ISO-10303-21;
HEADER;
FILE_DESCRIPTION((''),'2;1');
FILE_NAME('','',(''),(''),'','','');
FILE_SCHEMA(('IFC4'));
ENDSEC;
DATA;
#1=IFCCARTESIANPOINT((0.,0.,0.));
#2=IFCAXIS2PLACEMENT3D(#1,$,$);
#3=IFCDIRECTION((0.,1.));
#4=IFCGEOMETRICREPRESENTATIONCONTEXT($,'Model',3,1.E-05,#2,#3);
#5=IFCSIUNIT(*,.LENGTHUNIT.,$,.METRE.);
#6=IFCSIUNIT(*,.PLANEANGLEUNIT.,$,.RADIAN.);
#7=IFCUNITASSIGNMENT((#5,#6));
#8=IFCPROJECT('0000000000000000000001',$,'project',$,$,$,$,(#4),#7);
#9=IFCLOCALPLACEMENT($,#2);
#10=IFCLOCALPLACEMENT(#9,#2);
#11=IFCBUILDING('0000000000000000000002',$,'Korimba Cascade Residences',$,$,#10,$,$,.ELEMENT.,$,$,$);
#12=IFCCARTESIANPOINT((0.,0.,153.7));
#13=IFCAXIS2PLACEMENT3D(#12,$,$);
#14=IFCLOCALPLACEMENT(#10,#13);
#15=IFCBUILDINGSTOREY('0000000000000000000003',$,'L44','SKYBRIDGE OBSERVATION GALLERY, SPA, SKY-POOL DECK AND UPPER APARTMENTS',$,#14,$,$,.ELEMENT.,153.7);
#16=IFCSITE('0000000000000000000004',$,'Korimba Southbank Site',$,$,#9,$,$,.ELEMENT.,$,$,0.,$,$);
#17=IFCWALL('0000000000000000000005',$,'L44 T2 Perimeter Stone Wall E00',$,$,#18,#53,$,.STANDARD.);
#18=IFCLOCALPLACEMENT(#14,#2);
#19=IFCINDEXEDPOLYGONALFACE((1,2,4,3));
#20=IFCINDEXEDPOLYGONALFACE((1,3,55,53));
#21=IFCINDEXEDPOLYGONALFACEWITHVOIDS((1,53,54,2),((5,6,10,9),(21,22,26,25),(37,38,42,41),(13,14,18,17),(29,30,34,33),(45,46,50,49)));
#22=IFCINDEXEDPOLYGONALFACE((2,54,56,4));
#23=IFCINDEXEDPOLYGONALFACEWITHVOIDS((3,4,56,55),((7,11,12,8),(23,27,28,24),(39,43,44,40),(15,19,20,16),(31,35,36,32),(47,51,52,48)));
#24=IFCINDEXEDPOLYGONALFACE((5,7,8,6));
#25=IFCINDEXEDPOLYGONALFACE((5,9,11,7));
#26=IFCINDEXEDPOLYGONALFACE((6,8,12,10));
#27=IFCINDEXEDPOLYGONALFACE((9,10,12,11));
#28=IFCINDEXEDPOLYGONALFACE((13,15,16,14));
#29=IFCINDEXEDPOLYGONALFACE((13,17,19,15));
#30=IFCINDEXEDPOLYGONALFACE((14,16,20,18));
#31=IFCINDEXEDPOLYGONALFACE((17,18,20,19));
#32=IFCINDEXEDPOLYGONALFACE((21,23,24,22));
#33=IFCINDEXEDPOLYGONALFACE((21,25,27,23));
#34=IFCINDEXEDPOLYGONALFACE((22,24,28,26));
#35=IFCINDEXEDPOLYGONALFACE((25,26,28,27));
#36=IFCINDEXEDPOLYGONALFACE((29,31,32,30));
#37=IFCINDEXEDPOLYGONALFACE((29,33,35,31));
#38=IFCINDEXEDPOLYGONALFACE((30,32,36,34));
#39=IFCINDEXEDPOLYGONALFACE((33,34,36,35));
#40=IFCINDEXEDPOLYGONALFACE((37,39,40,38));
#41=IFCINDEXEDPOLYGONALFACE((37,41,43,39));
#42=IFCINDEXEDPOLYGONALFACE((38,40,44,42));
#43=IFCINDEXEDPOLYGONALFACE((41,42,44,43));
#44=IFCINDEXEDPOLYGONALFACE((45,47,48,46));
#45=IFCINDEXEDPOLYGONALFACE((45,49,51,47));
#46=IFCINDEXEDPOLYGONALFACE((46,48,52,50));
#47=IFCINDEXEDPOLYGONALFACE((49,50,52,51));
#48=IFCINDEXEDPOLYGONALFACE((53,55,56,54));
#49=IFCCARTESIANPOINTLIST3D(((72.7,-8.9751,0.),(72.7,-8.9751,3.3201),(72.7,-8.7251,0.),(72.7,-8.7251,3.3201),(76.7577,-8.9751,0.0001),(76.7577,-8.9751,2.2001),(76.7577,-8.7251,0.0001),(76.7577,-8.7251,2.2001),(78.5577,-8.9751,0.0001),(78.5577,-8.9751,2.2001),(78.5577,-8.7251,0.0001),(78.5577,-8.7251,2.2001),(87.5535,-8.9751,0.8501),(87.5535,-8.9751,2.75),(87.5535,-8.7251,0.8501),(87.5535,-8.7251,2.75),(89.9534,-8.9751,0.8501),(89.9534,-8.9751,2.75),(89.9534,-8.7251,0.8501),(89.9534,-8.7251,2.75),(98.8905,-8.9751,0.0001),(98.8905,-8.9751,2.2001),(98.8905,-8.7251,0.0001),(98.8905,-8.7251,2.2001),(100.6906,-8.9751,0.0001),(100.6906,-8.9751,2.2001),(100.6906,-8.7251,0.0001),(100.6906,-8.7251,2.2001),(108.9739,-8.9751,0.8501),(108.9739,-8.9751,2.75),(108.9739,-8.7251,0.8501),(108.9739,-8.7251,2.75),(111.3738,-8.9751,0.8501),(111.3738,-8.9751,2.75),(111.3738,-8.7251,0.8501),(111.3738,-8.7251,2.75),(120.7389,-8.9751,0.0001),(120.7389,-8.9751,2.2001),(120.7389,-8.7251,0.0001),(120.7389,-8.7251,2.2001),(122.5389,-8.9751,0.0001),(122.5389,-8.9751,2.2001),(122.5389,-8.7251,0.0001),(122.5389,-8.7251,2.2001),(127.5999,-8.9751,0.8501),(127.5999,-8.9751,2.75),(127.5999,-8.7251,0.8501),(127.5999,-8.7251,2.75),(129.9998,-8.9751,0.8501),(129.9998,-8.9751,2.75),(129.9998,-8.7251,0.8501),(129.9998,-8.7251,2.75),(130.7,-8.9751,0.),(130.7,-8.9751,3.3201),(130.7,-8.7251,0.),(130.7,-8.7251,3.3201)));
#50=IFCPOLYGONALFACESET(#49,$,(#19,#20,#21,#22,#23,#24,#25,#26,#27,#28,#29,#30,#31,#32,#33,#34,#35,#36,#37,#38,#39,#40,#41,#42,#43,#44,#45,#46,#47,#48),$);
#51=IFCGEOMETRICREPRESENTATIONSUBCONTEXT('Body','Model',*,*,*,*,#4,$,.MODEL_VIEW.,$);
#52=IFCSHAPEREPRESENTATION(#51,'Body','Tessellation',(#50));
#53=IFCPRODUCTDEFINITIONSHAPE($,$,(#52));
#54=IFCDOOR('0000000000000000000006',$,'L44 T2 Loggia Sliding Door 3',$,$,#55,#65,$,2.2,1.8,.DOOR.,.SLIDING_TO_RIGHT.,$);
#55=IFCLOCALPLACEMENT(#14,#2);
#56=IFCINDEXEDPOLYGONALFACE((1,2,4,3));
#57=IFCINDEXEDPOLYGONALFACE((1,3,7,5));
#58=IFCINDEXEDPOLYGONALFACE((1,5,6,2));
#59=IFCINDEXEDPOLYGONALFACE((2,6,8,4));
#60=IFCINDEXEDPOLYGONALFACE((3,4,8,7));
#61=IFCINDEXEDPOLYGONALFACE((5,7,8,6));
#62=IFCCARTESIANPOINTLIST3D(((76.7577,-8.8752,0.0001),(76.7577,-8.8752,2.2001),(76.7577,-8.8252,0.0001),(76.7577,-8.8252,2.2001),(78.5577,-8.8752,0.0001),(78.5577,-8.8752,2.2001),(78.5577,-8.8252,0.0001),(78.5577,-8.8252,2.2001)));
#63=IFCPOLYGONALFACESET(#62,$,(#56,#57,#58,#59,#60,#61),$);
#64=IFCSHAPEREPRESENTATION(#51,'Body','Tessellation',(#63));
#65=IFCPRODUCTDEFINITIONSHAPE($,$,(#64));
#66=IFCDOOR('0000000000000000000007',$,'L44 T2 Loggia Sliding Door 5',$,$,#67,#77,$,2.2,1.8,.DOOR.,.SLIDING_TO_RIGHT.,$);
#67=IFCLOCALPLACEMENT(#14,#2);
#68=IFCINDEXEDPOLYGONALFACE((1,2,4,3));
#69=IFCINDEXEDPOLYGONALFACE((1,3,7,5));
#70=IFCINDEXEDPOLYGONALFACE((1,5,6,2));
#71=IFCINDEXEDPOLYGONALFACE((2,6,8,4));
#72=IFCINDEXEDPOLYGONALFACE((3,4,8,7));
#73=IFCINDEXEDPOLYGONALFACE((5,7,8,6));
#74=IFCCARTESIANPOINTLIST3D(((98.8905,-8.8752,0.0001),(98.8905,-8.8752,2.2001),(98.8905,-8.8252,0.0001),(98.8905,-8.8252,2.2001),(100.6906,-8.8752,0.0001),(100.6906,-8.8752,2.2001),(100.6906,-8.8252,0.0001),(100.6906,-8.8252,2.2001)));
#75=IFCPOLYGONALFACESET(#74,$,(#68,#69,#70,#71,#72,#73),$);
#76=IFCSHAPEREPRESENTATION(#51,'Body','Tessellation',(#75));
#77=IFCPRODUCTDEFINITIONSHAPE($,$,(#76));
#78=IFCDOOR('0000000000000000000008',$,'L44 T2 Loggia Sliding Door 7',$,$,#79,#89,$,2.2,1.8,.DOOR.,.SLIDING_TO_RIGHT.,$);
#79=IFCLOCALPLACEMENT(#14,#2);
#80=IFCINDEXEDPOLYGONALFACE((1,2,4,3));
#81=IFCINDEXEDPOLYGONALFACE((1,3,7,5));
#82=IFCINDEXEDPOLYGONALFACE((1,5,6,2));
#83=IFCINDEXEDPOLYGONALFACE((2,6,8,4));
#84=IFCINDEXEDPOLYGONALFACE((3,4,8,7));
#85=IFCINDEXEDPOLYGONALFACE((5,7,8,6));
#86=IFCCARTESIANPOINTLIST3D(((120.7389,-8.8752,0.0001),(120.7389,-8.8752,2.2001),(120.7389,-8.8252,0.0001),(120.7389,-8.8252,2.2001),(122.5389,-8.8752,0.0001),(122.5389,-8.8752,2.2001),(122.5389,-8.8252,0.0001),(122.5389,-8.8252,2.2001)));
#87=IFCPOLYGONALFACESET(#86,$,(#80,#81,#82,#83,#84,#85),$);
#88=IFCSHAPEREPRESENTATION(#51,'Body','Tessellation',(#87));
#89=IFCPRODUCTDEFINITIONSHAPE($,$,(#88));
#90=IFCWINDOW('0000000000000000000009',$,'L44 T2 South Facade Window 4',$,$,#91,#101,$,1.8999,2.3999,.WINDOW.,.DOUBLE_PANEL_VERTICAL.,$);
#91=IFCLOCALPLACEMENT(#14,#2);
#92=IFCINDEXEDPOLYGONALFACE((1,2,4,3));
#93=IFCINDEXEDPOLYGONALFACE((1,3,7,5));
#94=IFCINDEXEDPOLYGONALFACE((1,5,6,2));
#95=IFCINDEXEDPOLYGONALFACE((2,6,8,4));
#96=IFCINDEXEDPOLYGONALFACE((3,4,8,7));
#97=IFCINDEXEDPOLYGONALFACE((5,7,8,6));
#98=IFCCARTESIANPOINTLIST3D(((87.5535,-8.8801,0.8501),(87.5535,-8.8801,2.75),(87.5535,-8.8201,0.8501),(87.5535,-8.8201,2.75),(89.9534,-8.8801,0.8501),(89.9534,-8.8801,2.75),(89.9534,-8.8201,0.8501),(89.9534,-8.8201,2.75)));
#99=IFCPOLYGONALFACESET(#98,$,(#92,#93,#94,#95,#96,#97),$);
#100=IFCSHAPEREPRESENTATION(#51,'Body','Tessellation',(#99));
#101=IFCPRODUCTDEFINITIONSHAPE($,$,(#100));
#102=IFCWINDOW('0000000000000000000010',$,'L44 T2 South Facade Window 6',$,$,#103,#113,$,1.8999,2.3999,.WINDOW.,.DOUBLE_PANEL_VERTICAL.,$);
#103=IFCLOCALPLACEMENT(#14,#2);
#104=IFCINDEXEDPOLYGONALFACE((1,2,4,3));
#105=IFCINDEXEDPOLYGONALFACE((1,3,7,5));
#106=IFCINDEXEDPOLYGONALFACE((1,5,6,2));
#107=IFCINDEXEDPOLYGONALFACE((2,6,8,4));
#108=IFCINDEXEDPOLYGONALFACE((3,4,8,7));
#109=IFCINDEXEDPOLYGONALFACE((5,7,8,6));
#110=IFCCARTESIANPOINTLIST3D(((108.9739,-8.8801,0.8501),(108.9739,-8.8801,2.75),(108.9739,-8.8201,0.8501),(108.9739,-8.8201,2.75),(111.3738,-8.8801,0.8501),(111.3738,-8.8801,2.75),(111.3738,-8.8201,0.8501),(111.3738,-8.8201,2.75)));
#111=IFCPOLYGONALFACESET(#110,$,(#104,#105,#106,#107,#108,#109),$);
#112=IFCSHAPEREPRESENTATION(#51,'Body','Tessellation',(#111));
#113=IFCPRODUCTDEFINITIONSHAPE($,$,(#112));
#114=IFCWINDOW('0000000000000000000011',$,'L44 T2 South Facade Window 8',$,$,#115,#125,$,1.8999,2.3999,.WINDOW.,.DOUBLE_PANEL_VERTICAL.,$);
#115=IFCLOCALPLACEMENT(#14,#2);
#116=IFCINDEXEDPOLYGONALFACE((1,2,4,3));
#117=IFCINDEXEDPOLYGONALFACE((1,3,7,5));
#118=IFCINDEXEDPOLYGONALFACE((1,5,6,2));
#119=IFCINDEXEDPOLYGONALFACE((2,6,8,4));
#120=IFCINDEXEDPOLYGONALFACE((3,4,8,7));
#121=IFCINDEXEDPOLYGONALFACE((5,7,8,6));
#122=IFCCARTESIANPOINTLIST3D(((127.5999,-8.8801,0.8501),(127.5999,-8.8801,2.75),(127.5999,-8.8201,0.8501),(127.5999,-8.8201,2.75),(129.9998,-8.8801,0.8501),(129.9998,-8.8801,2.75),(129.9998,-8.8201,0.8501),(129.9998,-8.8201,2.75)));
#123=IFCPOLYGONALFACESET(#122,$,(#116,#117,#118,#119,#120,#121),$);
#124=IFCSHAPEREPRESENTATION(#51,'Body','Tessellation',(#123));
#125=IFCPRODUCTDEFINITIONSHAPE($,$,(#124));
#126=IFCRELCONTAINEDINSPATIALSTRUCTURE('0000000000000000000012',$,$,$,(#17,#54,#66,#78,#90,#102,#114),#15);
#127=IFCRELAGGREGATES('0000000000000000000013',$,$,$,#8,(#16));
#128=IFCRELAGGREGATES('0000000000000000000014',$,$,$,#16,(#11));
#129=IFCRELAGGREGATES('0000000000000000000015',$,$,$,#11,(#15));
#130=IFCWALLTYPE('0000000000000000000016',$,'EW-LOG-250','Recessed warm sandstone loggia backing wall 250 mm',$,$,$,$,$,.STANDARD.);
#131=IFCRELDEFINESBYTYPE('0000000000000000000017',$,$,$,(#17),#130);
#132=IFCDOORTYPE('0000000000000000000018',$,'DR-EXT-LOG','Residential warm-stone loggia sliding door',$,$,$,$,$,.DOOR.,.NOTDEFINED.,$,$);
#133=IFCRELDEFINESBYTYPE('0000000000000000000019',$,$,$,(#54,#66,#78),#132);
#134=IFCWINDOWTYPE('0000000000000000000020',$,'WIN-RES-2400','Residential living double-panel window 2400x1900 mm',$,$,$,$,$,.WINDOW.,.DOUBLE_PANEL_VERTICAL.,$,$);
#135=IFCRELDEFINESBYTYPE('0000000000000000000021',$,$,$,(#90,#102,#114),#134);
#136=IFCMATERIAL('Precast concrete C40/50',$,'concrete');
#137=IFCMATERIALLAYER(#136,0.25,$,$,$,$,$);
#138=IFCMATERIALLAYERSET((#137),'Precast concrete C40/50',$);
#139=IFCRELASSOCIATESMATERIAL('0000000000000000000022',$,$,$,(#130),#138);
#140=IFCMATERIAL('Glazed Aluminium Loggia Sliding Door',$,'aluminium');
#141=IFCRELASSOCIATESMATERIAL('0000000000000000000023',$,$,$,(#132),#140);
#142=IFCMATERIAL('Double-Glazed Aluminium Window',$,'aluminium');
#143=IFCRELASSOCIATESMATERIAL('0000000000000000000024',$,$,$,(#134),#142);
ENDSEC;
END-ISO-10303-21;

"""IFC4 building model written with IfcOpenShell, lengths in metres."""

from ifc_helpers import new_model, si_unit, direction, frame, frame_2d, origin, place, context, subcontext, project, spatial, rectangle, extrude, material, layer, layer_set, type_object, element, fill, save


model = new_model("IFC4")

# Units and contexts
model_context = context("Model", 3, precision=1e-05, world=origin(), true_north=direction((0.0, 1.0)))
body_context = subcontext(model_context, "Body", "Model", "MODEL_VIEW")
ifc_project = project(units=[si_unit("LENGTHUNIT", "METRE"), si_unit("PLANEANGLEUNIT", "RADIAN")], contexts=[model_context])

# Site, building, storey
site_placement = place(None, origin())
site = spatial("IfcSite", under=ifc_project, at=site_placement, Name="Korimba Southbank Site", CompositionType="ELEMENT", RefElevation=0.0)
building_placement = place(site_placement, origin())
building = spatial("IfcBuilding", under=site, at=building_placement, Name="Korimba Cascade Residences", CompositionType="ELEMENT")
storey_placement = place(building_placement, frame((0.0, 0.0, 153.7)))
storey = spatial("IfcBuildingStorey", under=building, at=storey_placement, Name="L44", Description="SKYBRIDGE OBSERVATION GALLERY, SPA, SKY-POOL DECK AND UPPER APARTMENTS", CompositionType="ELEMENT", Elevation=153.7)

# Shared definitions
ifc_material_1 = material(Name="Precast concrete C40/50", Category="concrete")

# Wall, openings, doors, windows
ifc_layer_1 = layer(ifc_material_1, 0.25)
ifc_layer_set_1 = layer_set([ifc_layer_1], Name="Precast concrete C40/50")
wall_type_1 = type_object("IfcWallType", Name="EW-LOG-250", Description="Recessed warm sandstone loggia backing wall 250 mm", PredefinedType="STANDARD", material=ifc_layer_set_1)
wall_1_placement = place(storey_placement, frame((72.7, -8.8501, 0.0), z_axis=(0.0, 0.0, 1.0), x_axis=(1.0, 0.0, 0.0)))
wall_1 = element("IfcWall", 1, at=wall_1_placement, inside=storey, type_object=wall_type_1, Name="L44 T2 Perimeter Stone Wall E00", PredefinedType="STANDARD", context=body_context, shape_type="SweptSolid", body=[
    extrude(rectangle(XDim=58.0, YDim=0.25, at=frame_2d((29.0, 0.0))), origin(), (0.0, 0.0, 1.0), 3.3201),
])
opening_1_placement = place(wall_1_placement, frame((4.0579, 0.0, 0.0)))
opening_1 = element("IfcOpeningElement", 2, at=opening_1_placement, cuts=wall_1, PredefinedType="OPENING", context=body_context, shape_type="SweptSolid", body=[
    extrude(rectangle(XDim=1.8, YDim=2.2, at=frame_2d((0.8999, 1.1001))), frame((0.0, 0.135, 0.0), z_axis=(0.0, -1.0, 0.0), x_axis=(1.0, 0.0, 0.0)), (0.0, 0.0, 1.0), 0.27),
])
opening_2_placement = place(wall_1_placement, frame((14.8535, 0.0, 0.8501)))
opening_2 = element("IfcOpeningElement", 3, at=opening_2_placement, cuts=wall_1, PredefinedType="OPENING", context=body_context, shape_type="SweptSolid", body=[
    extrude(rectangle(XDim=2.3999, YDim=1.8999, at=frame_2d((1.2, 0.95))), frame((0.0, 0.135, 0.0), z_axis=(0.0, -1.0, 0.0), x_axis=(1.0, 0.0, 0.0)), (0.0, 0.0, 1.0), 0.27),
])
opening_3_placement = place(wall_1_placement, frame((26.1907, 0.0, 0.0)))
opening_3 = element("IfcOpeningElement", 4, at=opening_3_placement, cuts=wall_1, PredefinedType="OPENING", context=body_context, shape_type="SweptSolid", body=[
    extrude(rectangle(XDim=1.8, YDim=2.2, at=frame_2d((0.8999, 1.1001))), frame((0.0, 0.135, 0.0), z_axis=(0.0, -1.0, 0.0), x_axis=(1.0, 0.0, 0.0)), (0.0, 0.0, 1.0), 0.27),
])
opening_4_placement = place(wall_1_placement, frame((36.2739, 0.0, 0.8501)))
opening_4 = element("IfcOpeningElement", 5, at=opening_4_placement, cuts=wall_1, PredefinedType="OPENING", context=body_context, shape_type="SweptSolid", body=[
    extrude(rectangle(XDim=2.3999, YDim=1.8999, at=frame_2d((1.2, 0.95))), frame((0.0, 0.135, 0.0), z_axis=(0.0, -1.0, 0.0), x_axis=(1.0, 0.0, 0.0)), (0.0, 0.0, 1.0), 0.27),
])
opening_5_placement = place(wall_1_placement, frame((48.0391, 0.0, 0.0)))
opening_5 = element("IfcOpeningElement", 6, at=opening_5_placement, cuts=wall_1, PredefinedType="OPENING", context=body_context, shape_type="SweptSolid", body=[
    extrude(rectangle(XDim=1.8, YDim=2.2, at=frame_2d((0.8999, 1.1001))), frame((0.0, 0.135, 0.0), z_axis=(0.0, -1.0, 0.0), x_axis=(1.0, 0.0, 0.0)), (0.0, 0.0, 1.0), 0.27),
])
opening_6_placement = place(wall_1_placement, frame((54.8999, 0.0, 0.8501)))
opening_6 = element("IfcOpeningElement", 7, at=opening_6_placement, cuts=wall_1, PredefinedType="OPENING", context=body_context, shape_type="SweptSolid", body=[
    extrude(rectangle(XDim=2.3999, YDim=1.8999, at=frame_2d((1.2, 0.95))), frame((0.0, 0.135, 0.0), z_axis=(0.0, -1.0, 0.0), x_axis=(1.0, 0.0, 0.0)), (0.0, 0.0, 1.0), 0.27),
])
ifc_material_2 = material(Name="Glazed Aluminium Loggia Sliding Door", Category="aluminium")
door_type = type_object("IfcDoorType", Name="DR-EXT-LOG", Description="Residential warm-stone loggia sliding door", OperationType="NOTDEFINED", PredefinedType="DOOR", material=ifc_material_2)
door_1_placement = place(opening_1_placement, origin())
door_1 = element("IfcDoor", 8, at=door_1_placement, inside=storey, type_object=door_type, Name="L44 T2 Loggia Sliding Door 3", OperationType="SLIDING_TO_RIGHT", OverallHeight=2.2, OverallWidth=1.8, PredefinedType="DOOR", context=body_context, shape_type="SweptSolid", body=[
    extrude(rectangle(XDim=1.8, YDim=2.2, at=frame_2d((0.8999, 1.1001))), frame((0.0, 0.0249, 0.0), z_axis=(0.0, -1.0, 0.0), x_axis=(1.0, 0.0, 0.0)), (0.0, 0.0, 1.0), 0.05),
])
fill(opening_1, door_1)
door_2_placement = place(opening_3_placement, origin())
door_2 = element("IfcDoor", 9, at=door_2_placement, inside=storey, type_object=door_type, Name="L44 T2 Loggia Sliding Door 5", OperationType="SLIDING_TO_RIGHT", OverallHeight=2.2, OverallWidth=1.8, PredefinedType="DOOR", context=body_context, shape_type="SweptSolid", body=[
    extrude(rectangle(XDim=1.8, YDim=2.2, at=frame_2d((0.8999, 1.1001))), frame((0.0, 0.0249, 0.0), z_axis=(0.0, -1.0, 0.0), x_axis=(1.0, 0.0, 0.0)), (0.0, 0.0, 1.0), 0.05),
])
fill(opening_3, door_2)
door_3_placement = place(opening_5_placement, origin())
door_3 = element("IfcDoor", 10, at=door_3_placement, inside=storey, type_object=door_type, Name="L44 T2 Loggia Sliding Door 7", OperationType="SLIDING_TO_RIGHT", OverallHeight=2.2, OverallWidth=1.8, PredefinedType="DOOR", context=body_context, shape_type="SweptSolid", body=[
    extrude(rectangle(XDim=1.8, YDim=2.2, at=frame_2d((0.8999, 1.1001))), frame((0.0, 0.0249, 0.0), z_axis=(0.0, -1.0, 0.0), x_axis=(1.0, 0.0, 0.0)), (0.0, 0.0, 1.0), 0.05),
])
fill(opening_5, door_3)
ifc_material_3 = material(Name="Double-Glazed Aluminium Window", Category="aluminium")
window_type_1 = type_object("IfcWindowType", Name="WIN-RES-2400", Description="Residential living double-panel window 2400x1900 mm", PartitioningType="DOUBLE_PANEL_VERTICAL", PredefinedType="WINDOW", material=ifc_material_3)
window_1_placement = place(opening_2_placement, origin())
window_1 = element("IfcWindow", 11, at=window_1_placement, inside=storey, type_object=window_type_1, Name="L44 T2 South Facade Window 4", OverallHeight=1.8999, OverallWidth=2.3999, PartitioningType="DOUBLE_PANEL_VERTICAL", PredefinedType="WINDOW", context=body_context, shape_type="SweptSolid", body=[
    extrude(rectangle(XDim=2.3999, YDim=1.8999, at=frame_2d((1.2, 0.95))), frame((0.0, 0.03, 0.0), z_axis=(0.0, -1.0, 0.0), x_axis=(1.0, 0.0, 0.0)), (0.0, 0.0, 1.0), 0.0601),
])
fill(opening_2, window_1)
window_2_placement = place(opening_4_placement, origin())
window_2 = element("IfcWindow", 12, at=window_2_placement, inside=storey, type_object=window_type_1, Name="L44 T2 South Facade Window 6", OverallHeight=1.8999, OverallWidth=2.3999, PartitioningType="DOUBLE_PANEL_VERTICAL", PredefinedType="WINDOW", context=body_context, shape_type="SweptSolid", body=[
    extrude(rectangle(XDim=2.3999, YDim=1.8999, at=frame_2d((1.2, 0.95))), frame((0.0, 0.03, 0.0), z_axis=(0.0, -1.0, 0.0), x_axis=(1.0, 0.0, 0.0)), (0.0, 0.0, 1.0), 0.0601),
])
fill(opening_4, window_2)
window_3_placement = place(opening_6_placement, origin())
window_3 = element("IfcWindow", 13, at=window_3_placement, inside=storey, type_object=window_type_1, Name="L44 T2 South Facade Window 8", OverallHeight=1.8999, OverallWidth=2.3999, PartitioningType="DOUBLE_PANEL_VERTICAL", PredefinedType="WINDOW", context=body_context, shape_type="SweptSolid", body=[
    extrude(rectangle(XDim=2.3999, YDim=1.8999, at=frame_2d((1.2, 0.95))), frame((0.0, 0.03, 0.0), z_axis=(0.0, -1.0, 0.0), x_axis=(1.0, 0.0, 0.0)), (0.0, 0.0, 1.0), 0.0601),
])
fill(opening_6, window_3)

save(model, "model.ifc")
